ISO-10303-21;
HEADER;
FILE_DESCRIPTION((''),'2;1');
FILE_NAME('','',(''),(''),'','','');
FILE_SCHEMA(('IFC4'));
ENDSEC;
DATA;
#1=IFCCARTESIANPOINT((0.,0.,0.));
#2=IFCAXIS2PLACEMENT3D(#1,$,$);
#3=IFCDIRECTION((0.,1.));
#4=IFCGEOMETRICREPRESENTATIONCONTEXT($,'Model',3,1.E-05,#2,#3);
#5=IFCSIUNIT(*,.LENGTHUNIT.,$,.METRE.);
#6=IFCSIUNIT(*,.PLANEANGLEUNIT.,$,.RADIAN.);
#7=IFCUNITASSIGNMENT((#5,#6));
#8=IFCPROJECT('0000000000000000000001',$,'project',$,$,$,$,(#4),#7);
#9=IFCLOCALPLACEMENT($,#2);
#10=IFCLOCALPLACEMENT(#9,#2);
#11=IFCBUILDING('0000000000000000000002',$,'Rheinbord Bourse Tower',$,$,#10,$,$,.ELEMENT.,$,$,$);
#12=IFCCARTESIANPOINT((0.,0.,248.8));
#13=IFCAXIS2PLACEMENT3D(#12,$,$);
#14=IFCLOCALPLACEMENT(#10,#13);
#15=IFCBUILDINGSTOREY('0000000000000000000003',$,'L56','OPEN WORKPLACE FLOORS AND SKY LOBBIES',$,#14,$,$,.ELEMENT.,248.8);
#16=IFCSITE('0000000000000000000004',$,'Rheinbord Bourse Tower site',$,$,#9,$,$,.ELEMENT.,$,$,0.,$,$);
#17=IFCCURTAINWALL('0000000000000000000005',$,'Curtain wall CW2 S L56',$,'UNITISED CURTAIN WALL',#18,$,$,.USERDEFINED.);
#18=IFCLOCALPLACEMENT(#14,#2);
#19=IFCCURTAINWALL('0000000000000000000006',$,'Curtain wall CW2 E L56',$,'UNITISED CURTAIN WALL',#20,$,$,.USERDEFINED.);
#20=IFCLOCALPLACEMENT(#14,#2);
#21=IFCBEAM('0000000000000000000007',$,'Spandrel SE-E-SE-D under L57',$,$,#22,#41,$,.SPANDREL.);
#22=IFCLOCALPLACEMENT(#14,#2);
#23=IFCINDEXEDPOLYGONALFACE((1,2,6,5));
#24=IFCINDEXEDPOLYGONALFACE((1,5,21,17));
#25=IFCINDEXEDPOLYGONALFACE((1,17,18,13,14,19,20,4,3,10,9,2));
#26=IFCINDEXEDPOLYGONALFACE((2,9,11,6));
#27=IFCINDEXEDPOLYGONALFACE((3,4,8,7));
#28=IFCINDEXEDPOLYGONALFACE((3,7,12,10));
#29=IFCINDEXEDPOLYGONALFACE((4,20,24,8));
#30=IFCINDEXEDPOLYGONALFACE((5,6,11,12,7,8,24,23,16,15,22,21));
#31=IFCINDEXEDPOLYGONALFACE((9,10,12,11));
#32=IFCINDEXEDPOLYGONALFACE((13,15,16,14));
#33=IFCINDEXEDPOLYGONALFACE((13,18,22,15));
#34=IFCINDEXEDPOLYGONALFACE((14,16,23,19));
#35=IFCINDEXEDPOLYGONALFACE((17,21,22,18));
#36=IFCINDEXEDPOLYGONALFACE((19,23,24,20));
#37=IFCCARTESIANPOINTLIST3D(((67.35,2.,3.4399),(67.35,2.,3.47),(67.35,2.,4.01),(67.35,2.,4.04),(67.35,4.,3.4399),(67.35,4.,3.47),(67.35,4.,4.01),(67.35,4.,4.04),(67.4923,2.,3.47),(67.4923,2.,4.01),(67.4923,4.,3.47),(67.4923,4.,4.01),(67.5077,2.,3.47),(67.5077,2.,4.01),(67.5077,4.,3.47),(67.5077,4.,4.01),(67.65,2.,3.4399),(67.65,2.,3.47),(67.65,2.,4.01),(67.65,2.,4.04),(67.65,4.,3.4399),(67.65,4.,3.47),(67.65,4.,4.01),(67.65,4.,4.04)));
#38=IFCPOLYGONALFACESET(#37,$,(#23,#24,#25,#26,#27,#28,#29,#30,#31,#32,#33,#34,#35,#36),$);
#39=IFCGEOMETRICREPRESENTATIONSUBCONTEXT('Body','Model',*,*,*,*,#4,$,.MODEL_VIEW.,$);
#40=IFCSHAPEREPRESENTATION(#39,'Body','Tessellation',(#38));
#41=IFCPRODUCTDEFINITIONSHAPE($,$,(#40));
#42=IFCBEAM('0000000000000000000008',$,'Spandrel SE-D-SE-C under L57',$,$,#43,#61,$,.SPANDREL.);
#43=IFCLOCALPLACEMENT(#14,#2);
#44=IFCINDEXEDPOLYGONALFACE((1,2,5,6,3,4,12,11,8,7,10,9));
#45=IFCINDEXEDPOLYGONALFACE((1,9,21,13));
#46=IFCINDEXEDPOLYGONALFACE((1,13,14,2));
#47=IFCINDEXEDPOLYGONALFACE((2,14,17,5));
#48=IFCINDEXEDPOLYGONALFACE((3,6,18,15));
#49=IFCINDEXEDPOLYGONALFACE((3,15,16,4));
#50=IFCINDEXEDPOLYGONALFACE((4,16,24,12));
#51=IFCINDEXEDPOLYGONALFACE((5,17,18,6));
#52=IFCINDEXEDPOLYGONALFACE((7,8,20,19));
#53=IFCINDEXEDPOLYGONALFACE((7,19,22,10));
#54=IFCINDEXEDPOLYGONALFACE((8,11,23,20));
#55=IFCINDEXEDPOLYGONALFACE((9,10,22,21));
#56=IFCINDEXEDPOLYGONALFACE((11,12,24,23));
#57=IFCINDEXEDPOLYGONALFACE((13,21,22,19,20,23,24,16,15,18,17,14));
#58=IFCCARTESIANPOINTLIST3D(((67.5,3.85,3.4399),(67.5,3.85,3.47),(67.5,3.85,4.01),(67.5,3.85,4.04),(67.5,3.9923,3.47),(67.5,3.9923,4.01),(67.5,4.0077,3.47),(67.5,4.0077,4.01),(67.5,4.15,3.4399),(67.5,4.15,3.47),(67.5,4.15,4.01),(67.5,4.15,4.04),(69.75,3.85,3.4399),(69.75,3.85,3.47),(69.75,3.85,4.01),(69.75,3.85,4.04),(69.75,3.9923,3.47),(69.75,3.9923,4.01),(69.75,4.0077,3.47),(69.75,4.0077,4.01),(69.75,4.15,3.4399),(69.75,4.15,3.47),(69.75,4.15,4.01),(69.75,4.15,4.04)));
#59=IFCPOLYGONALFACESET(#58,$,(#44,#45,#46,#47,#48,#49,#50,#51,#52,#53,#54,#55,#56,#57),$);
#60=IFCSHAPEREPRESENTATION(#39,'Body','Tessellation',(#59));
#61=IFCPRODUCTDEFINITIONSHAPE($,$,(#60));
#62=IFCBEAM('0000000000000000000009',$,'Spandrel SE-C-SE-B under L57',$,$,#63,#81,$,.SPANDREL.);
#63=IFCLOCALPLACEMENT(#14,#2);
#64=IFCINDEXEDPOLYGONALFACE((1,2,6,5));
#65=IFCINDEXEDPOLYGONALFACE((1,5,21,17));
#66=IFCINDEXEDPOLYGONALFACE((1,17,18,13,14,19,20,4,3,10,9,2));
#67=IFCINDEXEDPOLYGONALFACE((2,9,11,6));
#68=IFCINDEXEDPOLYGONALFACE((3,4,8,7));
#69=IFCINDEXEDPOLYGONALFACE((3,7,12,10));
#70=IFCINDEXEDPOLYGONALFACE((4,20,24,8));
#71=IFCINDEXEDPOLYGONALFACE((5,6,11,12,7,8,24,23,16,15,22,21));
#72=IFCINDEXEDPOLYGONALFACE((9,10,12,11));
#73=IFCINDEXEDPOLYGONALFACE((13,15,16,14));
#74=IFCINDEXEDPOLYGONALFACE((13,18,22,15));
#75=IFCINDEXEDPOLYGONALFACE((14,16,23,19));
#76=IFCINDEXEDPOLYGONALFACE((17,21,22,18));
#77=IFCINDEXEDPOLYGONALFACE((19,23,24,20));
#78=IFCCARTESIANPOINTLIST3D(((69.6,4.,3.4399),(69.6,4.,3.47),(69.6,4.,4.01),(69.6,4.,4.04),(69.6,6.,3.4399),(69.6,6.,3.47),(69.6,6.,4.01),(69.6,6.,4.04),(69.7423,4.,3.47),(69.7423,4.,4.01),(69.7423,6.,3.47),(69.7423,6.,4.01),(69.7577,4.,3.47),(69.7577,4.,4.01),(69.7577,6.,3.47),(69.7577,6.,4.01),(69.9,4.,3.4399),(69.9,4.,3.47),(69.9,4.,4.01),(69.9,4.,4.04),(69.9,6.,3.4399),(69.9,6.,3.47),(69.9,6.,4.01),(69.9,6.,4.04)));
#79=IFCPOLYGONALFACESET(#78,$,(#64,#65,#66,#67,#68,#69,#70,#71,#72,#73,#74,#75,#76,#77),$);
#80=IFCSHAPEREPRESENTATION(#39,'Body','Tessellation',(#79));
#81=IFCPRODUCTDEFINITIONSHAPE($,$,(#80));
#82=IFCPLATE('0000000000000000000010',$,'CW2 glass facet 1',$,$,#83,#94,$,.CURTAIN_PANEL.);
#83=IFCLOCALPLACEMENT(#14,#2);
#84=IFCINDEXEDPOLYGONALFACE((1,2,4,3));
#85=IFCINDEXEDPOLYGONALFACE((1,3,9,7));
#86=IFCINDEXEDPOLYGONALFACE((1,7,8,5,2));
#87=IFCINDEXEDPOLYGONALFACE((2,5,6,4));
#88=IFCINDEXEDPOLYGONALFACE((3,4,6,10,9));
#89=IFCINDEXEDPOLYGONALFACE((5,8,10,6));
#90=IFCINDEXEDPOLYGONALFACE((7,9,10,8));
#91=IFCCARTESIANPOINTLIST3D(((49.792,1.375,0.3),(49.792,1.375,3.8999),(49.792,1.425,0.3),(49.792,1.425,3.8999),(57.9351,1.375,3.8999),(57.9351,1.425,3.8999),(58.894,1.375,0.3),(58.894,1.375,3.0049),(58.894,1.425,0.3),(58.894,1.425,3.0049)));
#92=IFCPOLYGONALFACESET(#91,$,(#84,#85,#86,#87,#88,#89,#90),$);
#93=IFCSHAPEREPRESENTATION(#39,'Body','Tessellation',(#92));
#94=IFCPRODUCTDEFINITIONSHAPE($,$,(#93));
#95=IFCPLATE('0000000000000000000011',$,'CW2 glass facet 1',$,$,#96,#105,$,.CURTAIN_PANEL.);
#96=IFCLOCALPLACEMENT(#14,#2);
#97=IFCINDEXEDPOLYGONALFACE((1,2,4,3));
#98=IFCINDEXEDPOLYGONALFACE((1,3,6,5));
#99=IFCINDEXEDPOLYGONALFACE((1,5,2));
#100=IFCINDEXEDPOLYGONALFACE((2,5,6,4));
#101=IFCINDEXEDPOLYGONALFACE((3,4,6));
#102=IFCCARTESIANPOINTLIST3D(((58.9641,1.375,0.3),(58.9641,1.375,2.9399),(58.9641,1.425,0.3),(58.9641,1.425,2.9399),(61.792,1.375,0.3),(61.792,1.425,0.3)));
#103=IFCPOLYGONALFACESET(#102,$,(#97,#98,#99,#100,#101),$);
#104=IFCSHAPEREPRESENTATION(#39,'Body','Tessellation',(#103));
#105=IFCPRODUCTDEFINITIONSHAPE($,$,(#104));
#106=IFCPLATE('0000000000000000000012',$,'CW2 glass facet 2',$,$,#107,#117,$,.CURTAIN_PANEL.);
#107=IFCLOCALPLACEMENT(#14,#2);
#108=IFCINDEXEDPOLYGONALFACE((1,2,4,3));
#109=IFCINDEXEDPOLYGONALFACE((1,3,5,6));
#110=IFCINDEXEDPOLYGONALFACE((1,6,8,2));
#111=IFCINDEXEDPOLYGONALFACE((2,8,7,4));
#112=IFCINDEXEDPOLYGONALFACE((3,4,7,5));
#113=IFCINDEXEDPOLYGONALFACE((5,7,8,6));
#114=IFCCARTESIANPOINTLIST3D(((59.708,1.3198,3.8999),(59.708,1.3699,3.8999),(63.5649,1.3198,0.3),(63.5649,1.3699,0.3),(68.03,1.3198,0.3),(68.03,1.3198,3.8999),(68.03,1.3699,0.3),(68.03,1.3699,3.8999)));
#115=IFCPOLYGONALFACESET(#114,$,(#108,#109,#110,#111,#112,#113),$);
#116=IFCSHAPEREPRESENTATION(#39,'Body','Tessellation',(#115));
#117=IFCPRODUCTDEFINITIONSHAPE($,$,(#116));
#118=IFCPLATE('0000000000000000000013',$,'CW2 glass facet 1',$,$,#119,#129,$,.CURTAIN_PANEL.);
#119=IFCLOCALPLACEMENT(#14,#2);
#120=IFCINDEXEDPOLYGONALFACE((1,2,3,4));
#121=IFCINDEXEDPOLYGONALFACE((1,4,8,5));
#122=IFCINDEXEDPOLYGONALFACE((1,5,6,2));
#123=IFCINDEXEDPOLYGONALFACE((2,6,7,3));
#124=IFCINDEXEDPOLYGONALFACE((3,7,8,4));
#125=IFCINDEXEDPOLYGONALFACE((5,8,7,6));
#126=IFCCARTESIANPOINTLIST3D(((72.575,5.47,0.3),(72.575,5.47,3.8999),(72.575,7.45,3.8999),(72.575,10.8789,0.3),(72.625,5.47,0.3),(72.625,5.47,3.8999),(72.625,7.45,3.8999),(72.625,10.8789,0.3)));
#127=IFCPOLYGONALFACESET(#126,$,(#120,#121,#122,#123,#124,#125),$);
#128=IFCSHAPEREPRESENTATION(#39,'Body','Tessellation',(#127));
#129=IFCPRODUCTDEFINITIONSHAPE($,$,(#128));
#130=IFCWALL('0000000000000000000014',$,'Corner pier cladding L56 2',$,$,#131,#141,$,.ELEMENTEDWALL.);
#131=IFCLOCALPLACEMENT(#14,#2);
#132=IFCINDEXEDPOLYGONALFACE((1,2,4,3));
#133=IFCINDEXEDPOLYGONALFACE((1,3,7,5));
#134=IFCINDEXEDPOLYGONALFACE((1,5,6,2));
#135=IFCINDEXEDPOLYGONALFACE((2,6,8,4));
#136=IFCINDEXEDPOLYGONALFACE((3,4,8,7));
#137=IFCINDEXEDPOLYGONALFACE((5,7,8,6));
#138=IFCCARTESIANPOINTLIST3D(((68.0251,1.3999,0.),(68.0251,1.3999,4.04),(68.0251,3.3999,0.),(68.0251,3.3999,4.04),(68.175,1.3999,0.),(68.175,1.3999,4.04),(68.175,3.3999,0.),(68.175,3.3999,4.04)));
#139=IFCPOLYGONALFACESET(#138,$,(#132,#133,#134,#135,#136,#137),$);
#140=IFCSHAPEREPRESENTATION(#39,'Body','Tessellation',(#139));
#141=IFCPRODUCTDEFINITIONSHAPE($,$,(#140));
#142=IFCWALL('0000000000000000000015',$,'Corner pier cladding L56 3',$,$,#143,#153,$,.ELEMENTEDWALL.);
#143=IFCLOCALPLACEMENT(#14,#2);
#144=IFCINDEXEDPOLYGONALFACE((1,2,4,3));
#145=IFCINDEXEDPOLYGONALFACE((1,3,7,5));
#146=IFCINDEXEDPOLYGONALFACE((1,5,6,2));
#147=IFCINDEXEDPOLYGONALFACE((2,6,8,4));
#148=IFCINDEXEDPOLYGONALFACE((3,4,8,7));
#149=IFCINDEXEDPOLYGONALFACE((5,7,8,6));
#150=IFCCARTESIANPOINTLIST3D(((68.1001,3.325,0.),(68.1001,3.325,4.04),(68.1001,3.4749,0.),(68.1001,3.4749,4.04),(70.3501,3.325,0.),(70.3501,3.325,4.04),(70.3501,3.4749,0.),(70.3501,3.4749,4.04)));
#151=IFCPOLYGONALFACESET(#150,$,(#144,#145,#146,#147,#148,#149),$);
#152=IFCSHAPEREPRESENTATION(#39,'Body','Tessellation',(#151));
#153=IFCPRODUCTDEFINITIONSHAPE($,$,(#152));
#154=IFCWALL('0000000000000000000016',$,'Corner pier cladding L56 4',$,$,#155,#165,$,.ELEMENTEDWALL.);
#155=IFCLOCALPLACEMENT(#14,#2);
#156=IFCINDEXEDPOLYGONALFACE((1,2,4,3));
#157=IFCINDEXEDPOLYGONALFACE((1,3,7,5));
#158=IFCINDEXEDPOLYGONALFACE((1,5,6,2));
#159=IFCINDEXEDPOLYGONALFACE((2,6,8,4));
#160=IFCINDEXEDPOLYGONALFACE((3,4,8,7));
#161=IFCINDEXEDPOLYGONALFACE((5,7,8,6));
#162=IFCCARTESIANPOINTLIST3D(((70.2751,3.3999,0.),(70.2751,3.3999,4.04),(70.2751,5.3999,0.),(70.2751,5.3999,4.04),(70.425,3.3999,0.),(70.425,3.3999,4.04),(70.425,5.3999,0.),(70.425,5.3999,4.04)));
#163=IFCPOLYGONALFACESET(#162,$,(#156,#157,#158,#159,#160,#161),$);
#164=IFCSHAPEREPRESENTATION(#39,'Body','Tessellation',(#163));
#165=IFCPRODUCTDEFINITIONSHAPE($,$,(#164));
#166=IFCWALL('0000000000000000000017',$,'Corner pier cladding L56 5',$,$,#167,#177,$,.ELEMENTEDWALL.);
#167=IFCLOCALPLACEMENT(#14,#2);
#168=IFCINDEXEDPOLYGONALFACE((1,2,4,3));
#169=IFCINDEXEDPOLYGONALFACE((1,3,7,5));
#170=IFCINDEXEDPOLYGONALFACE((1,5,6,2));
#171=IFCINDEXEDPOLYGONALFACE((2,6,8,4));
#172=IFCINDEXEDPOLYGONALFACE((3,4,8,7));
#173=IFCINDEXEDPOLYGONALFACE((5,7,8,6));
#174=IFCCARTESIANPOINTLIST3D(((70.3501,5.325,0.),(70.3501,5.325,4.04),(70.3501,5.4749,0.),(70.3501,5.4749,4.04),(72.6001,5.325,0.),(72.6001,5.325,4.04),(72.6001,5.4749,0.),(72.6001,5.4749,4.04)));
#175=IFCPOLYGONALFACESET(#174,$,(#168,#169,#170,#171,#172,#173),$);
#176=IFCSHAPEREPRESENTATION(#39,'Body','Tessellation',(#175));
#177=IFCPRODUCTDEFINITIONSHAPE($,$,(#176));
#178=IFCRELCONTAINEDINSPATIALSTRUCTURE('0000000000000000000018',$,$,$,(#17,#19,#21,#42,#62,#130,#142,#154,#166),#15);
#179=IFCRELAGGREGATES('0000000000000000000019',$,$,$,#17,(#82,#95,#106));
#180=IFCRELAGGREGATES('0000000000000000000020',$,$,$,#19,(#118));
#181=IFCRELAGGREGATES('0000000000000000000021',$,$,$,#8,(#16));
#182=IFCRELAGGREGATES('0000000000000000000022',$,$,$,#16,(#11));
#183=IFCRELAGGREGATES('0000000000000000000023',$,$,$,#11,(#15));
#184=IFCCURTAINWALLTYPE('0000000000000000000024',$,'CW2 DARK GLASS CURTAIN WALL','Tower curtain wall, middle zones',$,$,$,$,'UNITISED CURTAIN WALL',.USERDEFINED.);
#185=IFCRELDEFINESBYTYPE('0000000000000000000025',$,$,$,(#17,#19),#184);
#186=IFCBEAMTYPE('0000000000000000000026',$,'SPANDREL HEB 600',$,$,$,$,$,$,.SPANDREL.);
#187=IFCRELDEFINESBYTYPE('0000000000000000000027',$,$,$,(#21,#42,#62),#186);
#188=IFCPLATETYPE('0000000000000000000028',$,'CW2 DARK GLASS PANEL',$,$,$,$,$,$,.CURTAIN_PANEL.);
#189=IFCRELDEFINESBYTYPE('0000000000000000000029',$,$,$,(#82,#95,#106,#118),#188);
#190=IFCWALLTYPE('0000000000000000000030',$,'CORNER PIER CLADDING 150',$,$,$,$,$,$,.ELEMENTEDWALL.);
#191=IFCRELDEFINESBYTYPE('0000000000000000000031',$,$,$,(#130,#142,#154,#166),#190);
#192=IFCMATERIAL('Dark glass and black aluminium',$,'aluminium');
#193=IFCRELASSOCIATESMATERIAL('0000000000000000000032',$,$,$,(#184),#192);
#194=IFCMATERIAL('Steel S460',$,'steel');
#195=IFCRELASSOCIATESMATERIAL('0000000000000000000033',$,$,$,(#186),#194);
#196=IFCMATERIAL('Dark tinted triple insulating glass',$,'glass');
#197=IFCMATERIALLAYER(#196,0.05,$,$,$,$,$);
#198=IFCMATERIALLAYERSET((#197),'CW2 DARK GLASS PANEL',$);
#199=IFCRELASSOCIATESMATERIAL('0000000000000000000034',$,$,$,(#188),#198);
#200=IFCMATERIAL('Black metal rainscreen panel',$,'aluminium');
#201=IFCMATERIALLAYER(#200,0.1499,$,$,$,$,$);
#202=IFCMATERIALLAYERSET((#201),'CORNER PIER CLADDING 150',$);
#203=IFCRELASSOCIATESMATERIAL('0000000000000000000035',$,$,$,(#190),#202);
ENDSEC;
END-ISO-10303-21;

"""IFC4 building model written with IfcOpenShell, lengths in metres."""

from ifc_helpers import new_model, si_unit, direction, frame, frame_2d, origin, origin_2d, place, context, subcontext, project, spatial, polyline, rectangle, i_section, outline, extrude, material, layer, layer_set, material_profile, profile_set, type_object, element, aggregate, save


model = new_model("IFC4")

# Units and contexts
model_context = context("Model", 3, precision=1e-05, world=origin(), true_north=direction((0.0, 1.0)))
body_context = subcontext(model_context, "Body", "Model", "MODEL_VIEW")
ifc_project = project(units=[si_unit("LENGTHUNIT", "METRE"), si_unit("PLANEANGLEUNIT", "RADIAN")], contexts=[model_context])

# Site, building, storey
site_placement = place(None, origin())
site = spatial("IfcSite", under=ifc_project, at=site_placement, Name="Rheinbord Bourse Tower site", CompositionType="ELEMENT", RefElevation=0.0)
building_placement = place(site_placement, origin())
building = spatial("IfcBuilding", under=site, at=building_placement, Name="Rheinbord Bourse Tower", CompositionType="ELEMENT")
storey_placement = place(building_placement, frame((0.0, 0.0, 248.8)))
storey = spatial("IfcBuildingStorey", under=building, at=storey_placement, Name="L56", Description="OPEN WORKPLACE FLOORS AND SKY LOBBIES", CompositionType="ELEMENT", Elevation=248.8)

# Curtain wall
ifc_material_1 = material(Name="Dark glass and black aluminium", Category="aluminium")
curtain_wall_type = type_object("IfcCurtainWallType", Name="CW2 DARK GLASS CURTAIN WALL", Description="Tower curtain wall, middle zones", ElementType="UNITISED CURTAIN WALL", PredefinedType="USERDEFINED", material=ifc_material_1)
curtain_wall_1_placement = place(storey_placement, origin())
curtain_wall_1 = element("IfcCurtainWall", 1, at=curtain_wall_1_placement, inside=storey, type_object=curtain_wall_type, Name="Curtain wall CW2 S L56", ObjectType="UNITISED CURTAIN WALL", PredefinedType="USERDEFINED")

# Curtain wall
curtain_wall_2_placement = place(storey_placement, origin())
curtain_wall_2 = element("IfcCurtainWall", 2, at=curtain_wall_2_placement, inside=storey, type_object=curtain_wall_type, Name="Curtain wall CW2 E L56", ObjectType="UNITISED CURTAIN WALL", PredefinedType="USERDEFINED")

# Beams
ifc_material_2 = material(Name="Steel S460", Category="steel")
ifc_material_profile_1 = material_profile(ifc_material_2, i_section(OverallWidth=0.3, OverallDepth=0.6001, WebThickness=0.0154, FlangeThickness=0.03, at=origin_2d()), Name="HEB 600")
ifc_profile_set_1 = profile_set([ifc_material_profile_1], Name="Steel S460")
beam_type_1 = type_object("IfcBeamType", Name="SPANDREL HEB 600", PredefinedType="SPANDREL", material=ifc_profile_set_1)
beam_1_placement = place(storey_placement, frame((67.5, 2.0, 3.74), z_axis=(0.0, 1.0, 0.0), x_axis=(-1.0, 0.0, 0.0)))
element("IfcBeam", 3, at=beam_1_placement, inside=storey, type_object=beam_type_1, Name="Spandrel SE-E-SE-D under L57", PredefinedType="SPANDREL", context=body_context, shape_type="SweptSolid", body=[
    extrude(i_section(OverallWidth=0.3, OverallDepth=0.6001, WebThickness=0.0154, FlangeThickness=0.03, at=origin_2d()), origin(), (0.0, 0.0, 1.0), 2.0),
])
beam_2_placement = place(storey_placement, frame((67.5, 4.0, 3.74), z_axis=(1.0, 0.0, 0.0), x_axis=(0.0, 1.0, 0.0)))
element("IfcBeam", 4, at=beam_2_placement, inside=storey, type_object=beam_type_1, Name="Spandrel SE-D-SE-C under L57", PredefinedType="SPANDREL", context=body_context, shape_type="SweptSolid", body=[
    extrude(i_section(OverallWidth=0.3, OverallDepth=0.6001, WebThickness=0.0154, FlangeThickness=0.03, at=origin_2d()), origin(), (0.0, 0.0, 1.0), 2.25),
])
beam_3_placement = place(storey_placement, frame((69.75, 4.0, 3.74), z_axis=(0.0, 1.0, 0.0), x_axis=(-1.0, 0.0, 0.0)))
element("IfcBeam", 5, at=beam_3_placement, inside=storey, type_object=beam_type_1, Name="Spandrel SE-C-SE-B under L57", PredefinedType="SPANDREL", context=body_context, shape_type="SweptSolid", body=[
    extrude(i_section(OverallWidth=0.3, OverallDepth=0.6001, WebThickness=0.0154, FlangeThickness=0.03, at=origin_2d()), origin(), (0.0, 0.0, 1.0), 2.0),
])

# Plates
ifc_material_3 = material(Name="Dark tinted triple insulating glass", Category="glass")
ifc_layer_1 = layer(ifc_material_3, 0.05)
ifc_layer_set_1 = layer_set([ifc_layer_1], Name="CW2 DARK GLASS PANEL")
plate_type = type_object("IfcPlateType", Name="CW2 DARK GLASS PANEL", PredefinedType="CURTAIN_PANEL", material=ifc_layer_set_1)
plate_1_placement = place(storey_placement, frame((58.894, 1.375, 0.3), z_axis=(0.0, 1.0, 0.0), x_axis=(-1.0, 0.0, 0.0)))
plate_1 = element("IfcPlate", 6, at=plate_1_placement, type_object=plate_type, Name="CW2 glass facet 1", PredefinedType="CURTAIN_PANEL", context=body_context, shape_type="SweptSolid", body=[
    extrude(outline(polyline([(0.0, 0.0), (9.1021, 0.0), (9.1021, 3.5999), (0.959, 3.5999), (0.0, 2.7048), (0.0, 0.0)])), origin(), (0.0, 0.0, 1.0), 0.05),
])
plate_2_placement = place(storey_placement, frame((58.9641, 1.375, 0.3), z_axis=(0.0, 1.0, 0.0), x_axis=(0.0, 0.0, 1.0)))
plate_2 = element("IfcPlate", 7, at=plate_2_placement, type_object=plate_type, Name="CW2 glass facet 1", PredefinedType="CURTAIN_PANEL", context=body_context, shape_type="SweptSolid", body=[
    extrude(outline(polyline([(0.0, 0.0), (2.6399, 0.0), (0.0, 2.8279), (0.0, 0.0)])), origin(), (0.0, 0.0, 1.0), 0.05),
])
plate_3_placement = place(storey_placement, frame((68.03, 1.3198, 3.8999), z_axis=(0.0, 1.0, 0.0), x_axis=(0.0, 0.0, -1.0)))
plate_3 = element("IfcPlate", 8, at=plate_3_placement, type_object=plate_type, Name="CW2 glass facet 2", PredefinedType="CURTAIN_PANEL", context=body_context, shape_type="SweptSolid", body=[
    extrude(outline(polyline([(0.0, 0.0), (3.5999, 0.0), (3.5999, 4.4651), (0.0, 8.322), (0.0, 0.0)])), origin(), (0.0, 0.0, 1.0), 0.05),
])
aggregate(curtain_wall_1, [plate_1, plate_2, plate_3])
plate_4_placement = place(storey_placement, frame((72.625, 5.47, 0.3), z_axis=(-1.0, 0.0, 0.0), x_axis=(0.0, 0.0, 1.0)))
plate_4 = element("IfcPlate", 9, at=plate_4_placement, type_object=plate_type, Name="CW2 glass facet 1", PredefinedType="CURTAIN_PANEL", context=body_context, shape_type="SweptSolid", body=[
    extrude(outline(polyline([(0.0, 0.0), (3.5999, 0.0), (3.5999, 1.98), (0.0, 5.4089), (0.0, 0.0)])), origin(), (0.0, 0.0, 1.0), 0.05),
])
aggregate(curtain_wall_2, [plate_4])

# Walls
ifc_material_4 = material(Name="Black metal rainscreen panel", Category="aluminium")
ifc_layer_2 = layer(ifc_material_4, 0.1499)
ifc_layer_set_2 = layer_set([ifc_layer_2], Name="CORNER PIER CLADDING 150")
wall_type = type_object("IfcWallType", Name="CORNER PIER CLADDING 150", PredefinedType="ELEMENTEDWALL", material=ifc_layer_set_2)
wall_1_placement = place(storey_placement, frame((68.1001, 1.3999, 0.0), z_axis=(0.0, 0.0, 1.0), x_axis=(0.0, 1.0, 0.0)))
element("IfcWall", 10, at=wall_1_placement, inside=storey, type_object=wall_type, Name="Corner pier cladding L56 2", PredefinedType="ELEMENTEDWALL", context=body_context, shape_type="SweptSolid", body=[
    extrude(rectangle(XDim=2.0, YDim=0.1499, at=frame_2d((1.0, 0.0))), origin(), (0.0, 0.0, 1.0), 4.04),
])
wall_2_placement = place(storey_placement, frame((68.1001, 3.3999, 0.0), z_axis=(0.0, 0.0, 1.0), x_axis=(1.0, 0.0, 0.0)))
element("IfcWall", 11, at=wall_2_placement, inside=storey, type_object=wall_type, Name="Corner pier cladding L56 3", PredefinedType="ELEMENTEDWALL", context=body_context, shape_type="SweptSolid", body=[
    extrude(rectangle(XDim=2.25, YDim=0.1499, at=frame_2d((1.125, 0.0))), origin(), (0.0, 0.0, 1.0), 4.04),
])
wall_3_placement = place(storey_placement, frame((70.3501, 3.3999, 0.0), z_axis=(0.0, 0.0, 1.0), x_axis=(0.0, 1.0, 0.0)))
element("IfcWall", 12, at=wall_3_placement, inside=storey, type_object=wall_type, Name="Corner pier cladding L56 4", PredefinedType="ELEMENTEDWALL", context=body_context, shape_type="SweptSolid", body=[
    extrude(rectangle(XDim=2.0, YDim=0.1499, at=frame_2d((1.0, 0.0))), origin(), (0.0, 0.0, 1.0), 4.04),
])
wall_4_placement = place(storey_placement, frame((70.3501, 5.3999, 0.0), z_axis=(0.0, 0.0, 1.0), x_axis=(1.0, 0.0, 0.0)))
element("IfcWall", 13, at=wall_4_placement, inside=storey, type_object=wall_type, Name="Corner pier cladding L56 5", PredefinedType="ELEMENTEDWALL", context=body_context, shape_type="SweptSolid", body=[
    extrude(rectangle(XDim=2.25, YDim=0.1499, at=frame_2d((1.125, 0.0))), origin(), (0.0, 0.0, 1.0), 4.04),
])

save(model, "model.ifc")
